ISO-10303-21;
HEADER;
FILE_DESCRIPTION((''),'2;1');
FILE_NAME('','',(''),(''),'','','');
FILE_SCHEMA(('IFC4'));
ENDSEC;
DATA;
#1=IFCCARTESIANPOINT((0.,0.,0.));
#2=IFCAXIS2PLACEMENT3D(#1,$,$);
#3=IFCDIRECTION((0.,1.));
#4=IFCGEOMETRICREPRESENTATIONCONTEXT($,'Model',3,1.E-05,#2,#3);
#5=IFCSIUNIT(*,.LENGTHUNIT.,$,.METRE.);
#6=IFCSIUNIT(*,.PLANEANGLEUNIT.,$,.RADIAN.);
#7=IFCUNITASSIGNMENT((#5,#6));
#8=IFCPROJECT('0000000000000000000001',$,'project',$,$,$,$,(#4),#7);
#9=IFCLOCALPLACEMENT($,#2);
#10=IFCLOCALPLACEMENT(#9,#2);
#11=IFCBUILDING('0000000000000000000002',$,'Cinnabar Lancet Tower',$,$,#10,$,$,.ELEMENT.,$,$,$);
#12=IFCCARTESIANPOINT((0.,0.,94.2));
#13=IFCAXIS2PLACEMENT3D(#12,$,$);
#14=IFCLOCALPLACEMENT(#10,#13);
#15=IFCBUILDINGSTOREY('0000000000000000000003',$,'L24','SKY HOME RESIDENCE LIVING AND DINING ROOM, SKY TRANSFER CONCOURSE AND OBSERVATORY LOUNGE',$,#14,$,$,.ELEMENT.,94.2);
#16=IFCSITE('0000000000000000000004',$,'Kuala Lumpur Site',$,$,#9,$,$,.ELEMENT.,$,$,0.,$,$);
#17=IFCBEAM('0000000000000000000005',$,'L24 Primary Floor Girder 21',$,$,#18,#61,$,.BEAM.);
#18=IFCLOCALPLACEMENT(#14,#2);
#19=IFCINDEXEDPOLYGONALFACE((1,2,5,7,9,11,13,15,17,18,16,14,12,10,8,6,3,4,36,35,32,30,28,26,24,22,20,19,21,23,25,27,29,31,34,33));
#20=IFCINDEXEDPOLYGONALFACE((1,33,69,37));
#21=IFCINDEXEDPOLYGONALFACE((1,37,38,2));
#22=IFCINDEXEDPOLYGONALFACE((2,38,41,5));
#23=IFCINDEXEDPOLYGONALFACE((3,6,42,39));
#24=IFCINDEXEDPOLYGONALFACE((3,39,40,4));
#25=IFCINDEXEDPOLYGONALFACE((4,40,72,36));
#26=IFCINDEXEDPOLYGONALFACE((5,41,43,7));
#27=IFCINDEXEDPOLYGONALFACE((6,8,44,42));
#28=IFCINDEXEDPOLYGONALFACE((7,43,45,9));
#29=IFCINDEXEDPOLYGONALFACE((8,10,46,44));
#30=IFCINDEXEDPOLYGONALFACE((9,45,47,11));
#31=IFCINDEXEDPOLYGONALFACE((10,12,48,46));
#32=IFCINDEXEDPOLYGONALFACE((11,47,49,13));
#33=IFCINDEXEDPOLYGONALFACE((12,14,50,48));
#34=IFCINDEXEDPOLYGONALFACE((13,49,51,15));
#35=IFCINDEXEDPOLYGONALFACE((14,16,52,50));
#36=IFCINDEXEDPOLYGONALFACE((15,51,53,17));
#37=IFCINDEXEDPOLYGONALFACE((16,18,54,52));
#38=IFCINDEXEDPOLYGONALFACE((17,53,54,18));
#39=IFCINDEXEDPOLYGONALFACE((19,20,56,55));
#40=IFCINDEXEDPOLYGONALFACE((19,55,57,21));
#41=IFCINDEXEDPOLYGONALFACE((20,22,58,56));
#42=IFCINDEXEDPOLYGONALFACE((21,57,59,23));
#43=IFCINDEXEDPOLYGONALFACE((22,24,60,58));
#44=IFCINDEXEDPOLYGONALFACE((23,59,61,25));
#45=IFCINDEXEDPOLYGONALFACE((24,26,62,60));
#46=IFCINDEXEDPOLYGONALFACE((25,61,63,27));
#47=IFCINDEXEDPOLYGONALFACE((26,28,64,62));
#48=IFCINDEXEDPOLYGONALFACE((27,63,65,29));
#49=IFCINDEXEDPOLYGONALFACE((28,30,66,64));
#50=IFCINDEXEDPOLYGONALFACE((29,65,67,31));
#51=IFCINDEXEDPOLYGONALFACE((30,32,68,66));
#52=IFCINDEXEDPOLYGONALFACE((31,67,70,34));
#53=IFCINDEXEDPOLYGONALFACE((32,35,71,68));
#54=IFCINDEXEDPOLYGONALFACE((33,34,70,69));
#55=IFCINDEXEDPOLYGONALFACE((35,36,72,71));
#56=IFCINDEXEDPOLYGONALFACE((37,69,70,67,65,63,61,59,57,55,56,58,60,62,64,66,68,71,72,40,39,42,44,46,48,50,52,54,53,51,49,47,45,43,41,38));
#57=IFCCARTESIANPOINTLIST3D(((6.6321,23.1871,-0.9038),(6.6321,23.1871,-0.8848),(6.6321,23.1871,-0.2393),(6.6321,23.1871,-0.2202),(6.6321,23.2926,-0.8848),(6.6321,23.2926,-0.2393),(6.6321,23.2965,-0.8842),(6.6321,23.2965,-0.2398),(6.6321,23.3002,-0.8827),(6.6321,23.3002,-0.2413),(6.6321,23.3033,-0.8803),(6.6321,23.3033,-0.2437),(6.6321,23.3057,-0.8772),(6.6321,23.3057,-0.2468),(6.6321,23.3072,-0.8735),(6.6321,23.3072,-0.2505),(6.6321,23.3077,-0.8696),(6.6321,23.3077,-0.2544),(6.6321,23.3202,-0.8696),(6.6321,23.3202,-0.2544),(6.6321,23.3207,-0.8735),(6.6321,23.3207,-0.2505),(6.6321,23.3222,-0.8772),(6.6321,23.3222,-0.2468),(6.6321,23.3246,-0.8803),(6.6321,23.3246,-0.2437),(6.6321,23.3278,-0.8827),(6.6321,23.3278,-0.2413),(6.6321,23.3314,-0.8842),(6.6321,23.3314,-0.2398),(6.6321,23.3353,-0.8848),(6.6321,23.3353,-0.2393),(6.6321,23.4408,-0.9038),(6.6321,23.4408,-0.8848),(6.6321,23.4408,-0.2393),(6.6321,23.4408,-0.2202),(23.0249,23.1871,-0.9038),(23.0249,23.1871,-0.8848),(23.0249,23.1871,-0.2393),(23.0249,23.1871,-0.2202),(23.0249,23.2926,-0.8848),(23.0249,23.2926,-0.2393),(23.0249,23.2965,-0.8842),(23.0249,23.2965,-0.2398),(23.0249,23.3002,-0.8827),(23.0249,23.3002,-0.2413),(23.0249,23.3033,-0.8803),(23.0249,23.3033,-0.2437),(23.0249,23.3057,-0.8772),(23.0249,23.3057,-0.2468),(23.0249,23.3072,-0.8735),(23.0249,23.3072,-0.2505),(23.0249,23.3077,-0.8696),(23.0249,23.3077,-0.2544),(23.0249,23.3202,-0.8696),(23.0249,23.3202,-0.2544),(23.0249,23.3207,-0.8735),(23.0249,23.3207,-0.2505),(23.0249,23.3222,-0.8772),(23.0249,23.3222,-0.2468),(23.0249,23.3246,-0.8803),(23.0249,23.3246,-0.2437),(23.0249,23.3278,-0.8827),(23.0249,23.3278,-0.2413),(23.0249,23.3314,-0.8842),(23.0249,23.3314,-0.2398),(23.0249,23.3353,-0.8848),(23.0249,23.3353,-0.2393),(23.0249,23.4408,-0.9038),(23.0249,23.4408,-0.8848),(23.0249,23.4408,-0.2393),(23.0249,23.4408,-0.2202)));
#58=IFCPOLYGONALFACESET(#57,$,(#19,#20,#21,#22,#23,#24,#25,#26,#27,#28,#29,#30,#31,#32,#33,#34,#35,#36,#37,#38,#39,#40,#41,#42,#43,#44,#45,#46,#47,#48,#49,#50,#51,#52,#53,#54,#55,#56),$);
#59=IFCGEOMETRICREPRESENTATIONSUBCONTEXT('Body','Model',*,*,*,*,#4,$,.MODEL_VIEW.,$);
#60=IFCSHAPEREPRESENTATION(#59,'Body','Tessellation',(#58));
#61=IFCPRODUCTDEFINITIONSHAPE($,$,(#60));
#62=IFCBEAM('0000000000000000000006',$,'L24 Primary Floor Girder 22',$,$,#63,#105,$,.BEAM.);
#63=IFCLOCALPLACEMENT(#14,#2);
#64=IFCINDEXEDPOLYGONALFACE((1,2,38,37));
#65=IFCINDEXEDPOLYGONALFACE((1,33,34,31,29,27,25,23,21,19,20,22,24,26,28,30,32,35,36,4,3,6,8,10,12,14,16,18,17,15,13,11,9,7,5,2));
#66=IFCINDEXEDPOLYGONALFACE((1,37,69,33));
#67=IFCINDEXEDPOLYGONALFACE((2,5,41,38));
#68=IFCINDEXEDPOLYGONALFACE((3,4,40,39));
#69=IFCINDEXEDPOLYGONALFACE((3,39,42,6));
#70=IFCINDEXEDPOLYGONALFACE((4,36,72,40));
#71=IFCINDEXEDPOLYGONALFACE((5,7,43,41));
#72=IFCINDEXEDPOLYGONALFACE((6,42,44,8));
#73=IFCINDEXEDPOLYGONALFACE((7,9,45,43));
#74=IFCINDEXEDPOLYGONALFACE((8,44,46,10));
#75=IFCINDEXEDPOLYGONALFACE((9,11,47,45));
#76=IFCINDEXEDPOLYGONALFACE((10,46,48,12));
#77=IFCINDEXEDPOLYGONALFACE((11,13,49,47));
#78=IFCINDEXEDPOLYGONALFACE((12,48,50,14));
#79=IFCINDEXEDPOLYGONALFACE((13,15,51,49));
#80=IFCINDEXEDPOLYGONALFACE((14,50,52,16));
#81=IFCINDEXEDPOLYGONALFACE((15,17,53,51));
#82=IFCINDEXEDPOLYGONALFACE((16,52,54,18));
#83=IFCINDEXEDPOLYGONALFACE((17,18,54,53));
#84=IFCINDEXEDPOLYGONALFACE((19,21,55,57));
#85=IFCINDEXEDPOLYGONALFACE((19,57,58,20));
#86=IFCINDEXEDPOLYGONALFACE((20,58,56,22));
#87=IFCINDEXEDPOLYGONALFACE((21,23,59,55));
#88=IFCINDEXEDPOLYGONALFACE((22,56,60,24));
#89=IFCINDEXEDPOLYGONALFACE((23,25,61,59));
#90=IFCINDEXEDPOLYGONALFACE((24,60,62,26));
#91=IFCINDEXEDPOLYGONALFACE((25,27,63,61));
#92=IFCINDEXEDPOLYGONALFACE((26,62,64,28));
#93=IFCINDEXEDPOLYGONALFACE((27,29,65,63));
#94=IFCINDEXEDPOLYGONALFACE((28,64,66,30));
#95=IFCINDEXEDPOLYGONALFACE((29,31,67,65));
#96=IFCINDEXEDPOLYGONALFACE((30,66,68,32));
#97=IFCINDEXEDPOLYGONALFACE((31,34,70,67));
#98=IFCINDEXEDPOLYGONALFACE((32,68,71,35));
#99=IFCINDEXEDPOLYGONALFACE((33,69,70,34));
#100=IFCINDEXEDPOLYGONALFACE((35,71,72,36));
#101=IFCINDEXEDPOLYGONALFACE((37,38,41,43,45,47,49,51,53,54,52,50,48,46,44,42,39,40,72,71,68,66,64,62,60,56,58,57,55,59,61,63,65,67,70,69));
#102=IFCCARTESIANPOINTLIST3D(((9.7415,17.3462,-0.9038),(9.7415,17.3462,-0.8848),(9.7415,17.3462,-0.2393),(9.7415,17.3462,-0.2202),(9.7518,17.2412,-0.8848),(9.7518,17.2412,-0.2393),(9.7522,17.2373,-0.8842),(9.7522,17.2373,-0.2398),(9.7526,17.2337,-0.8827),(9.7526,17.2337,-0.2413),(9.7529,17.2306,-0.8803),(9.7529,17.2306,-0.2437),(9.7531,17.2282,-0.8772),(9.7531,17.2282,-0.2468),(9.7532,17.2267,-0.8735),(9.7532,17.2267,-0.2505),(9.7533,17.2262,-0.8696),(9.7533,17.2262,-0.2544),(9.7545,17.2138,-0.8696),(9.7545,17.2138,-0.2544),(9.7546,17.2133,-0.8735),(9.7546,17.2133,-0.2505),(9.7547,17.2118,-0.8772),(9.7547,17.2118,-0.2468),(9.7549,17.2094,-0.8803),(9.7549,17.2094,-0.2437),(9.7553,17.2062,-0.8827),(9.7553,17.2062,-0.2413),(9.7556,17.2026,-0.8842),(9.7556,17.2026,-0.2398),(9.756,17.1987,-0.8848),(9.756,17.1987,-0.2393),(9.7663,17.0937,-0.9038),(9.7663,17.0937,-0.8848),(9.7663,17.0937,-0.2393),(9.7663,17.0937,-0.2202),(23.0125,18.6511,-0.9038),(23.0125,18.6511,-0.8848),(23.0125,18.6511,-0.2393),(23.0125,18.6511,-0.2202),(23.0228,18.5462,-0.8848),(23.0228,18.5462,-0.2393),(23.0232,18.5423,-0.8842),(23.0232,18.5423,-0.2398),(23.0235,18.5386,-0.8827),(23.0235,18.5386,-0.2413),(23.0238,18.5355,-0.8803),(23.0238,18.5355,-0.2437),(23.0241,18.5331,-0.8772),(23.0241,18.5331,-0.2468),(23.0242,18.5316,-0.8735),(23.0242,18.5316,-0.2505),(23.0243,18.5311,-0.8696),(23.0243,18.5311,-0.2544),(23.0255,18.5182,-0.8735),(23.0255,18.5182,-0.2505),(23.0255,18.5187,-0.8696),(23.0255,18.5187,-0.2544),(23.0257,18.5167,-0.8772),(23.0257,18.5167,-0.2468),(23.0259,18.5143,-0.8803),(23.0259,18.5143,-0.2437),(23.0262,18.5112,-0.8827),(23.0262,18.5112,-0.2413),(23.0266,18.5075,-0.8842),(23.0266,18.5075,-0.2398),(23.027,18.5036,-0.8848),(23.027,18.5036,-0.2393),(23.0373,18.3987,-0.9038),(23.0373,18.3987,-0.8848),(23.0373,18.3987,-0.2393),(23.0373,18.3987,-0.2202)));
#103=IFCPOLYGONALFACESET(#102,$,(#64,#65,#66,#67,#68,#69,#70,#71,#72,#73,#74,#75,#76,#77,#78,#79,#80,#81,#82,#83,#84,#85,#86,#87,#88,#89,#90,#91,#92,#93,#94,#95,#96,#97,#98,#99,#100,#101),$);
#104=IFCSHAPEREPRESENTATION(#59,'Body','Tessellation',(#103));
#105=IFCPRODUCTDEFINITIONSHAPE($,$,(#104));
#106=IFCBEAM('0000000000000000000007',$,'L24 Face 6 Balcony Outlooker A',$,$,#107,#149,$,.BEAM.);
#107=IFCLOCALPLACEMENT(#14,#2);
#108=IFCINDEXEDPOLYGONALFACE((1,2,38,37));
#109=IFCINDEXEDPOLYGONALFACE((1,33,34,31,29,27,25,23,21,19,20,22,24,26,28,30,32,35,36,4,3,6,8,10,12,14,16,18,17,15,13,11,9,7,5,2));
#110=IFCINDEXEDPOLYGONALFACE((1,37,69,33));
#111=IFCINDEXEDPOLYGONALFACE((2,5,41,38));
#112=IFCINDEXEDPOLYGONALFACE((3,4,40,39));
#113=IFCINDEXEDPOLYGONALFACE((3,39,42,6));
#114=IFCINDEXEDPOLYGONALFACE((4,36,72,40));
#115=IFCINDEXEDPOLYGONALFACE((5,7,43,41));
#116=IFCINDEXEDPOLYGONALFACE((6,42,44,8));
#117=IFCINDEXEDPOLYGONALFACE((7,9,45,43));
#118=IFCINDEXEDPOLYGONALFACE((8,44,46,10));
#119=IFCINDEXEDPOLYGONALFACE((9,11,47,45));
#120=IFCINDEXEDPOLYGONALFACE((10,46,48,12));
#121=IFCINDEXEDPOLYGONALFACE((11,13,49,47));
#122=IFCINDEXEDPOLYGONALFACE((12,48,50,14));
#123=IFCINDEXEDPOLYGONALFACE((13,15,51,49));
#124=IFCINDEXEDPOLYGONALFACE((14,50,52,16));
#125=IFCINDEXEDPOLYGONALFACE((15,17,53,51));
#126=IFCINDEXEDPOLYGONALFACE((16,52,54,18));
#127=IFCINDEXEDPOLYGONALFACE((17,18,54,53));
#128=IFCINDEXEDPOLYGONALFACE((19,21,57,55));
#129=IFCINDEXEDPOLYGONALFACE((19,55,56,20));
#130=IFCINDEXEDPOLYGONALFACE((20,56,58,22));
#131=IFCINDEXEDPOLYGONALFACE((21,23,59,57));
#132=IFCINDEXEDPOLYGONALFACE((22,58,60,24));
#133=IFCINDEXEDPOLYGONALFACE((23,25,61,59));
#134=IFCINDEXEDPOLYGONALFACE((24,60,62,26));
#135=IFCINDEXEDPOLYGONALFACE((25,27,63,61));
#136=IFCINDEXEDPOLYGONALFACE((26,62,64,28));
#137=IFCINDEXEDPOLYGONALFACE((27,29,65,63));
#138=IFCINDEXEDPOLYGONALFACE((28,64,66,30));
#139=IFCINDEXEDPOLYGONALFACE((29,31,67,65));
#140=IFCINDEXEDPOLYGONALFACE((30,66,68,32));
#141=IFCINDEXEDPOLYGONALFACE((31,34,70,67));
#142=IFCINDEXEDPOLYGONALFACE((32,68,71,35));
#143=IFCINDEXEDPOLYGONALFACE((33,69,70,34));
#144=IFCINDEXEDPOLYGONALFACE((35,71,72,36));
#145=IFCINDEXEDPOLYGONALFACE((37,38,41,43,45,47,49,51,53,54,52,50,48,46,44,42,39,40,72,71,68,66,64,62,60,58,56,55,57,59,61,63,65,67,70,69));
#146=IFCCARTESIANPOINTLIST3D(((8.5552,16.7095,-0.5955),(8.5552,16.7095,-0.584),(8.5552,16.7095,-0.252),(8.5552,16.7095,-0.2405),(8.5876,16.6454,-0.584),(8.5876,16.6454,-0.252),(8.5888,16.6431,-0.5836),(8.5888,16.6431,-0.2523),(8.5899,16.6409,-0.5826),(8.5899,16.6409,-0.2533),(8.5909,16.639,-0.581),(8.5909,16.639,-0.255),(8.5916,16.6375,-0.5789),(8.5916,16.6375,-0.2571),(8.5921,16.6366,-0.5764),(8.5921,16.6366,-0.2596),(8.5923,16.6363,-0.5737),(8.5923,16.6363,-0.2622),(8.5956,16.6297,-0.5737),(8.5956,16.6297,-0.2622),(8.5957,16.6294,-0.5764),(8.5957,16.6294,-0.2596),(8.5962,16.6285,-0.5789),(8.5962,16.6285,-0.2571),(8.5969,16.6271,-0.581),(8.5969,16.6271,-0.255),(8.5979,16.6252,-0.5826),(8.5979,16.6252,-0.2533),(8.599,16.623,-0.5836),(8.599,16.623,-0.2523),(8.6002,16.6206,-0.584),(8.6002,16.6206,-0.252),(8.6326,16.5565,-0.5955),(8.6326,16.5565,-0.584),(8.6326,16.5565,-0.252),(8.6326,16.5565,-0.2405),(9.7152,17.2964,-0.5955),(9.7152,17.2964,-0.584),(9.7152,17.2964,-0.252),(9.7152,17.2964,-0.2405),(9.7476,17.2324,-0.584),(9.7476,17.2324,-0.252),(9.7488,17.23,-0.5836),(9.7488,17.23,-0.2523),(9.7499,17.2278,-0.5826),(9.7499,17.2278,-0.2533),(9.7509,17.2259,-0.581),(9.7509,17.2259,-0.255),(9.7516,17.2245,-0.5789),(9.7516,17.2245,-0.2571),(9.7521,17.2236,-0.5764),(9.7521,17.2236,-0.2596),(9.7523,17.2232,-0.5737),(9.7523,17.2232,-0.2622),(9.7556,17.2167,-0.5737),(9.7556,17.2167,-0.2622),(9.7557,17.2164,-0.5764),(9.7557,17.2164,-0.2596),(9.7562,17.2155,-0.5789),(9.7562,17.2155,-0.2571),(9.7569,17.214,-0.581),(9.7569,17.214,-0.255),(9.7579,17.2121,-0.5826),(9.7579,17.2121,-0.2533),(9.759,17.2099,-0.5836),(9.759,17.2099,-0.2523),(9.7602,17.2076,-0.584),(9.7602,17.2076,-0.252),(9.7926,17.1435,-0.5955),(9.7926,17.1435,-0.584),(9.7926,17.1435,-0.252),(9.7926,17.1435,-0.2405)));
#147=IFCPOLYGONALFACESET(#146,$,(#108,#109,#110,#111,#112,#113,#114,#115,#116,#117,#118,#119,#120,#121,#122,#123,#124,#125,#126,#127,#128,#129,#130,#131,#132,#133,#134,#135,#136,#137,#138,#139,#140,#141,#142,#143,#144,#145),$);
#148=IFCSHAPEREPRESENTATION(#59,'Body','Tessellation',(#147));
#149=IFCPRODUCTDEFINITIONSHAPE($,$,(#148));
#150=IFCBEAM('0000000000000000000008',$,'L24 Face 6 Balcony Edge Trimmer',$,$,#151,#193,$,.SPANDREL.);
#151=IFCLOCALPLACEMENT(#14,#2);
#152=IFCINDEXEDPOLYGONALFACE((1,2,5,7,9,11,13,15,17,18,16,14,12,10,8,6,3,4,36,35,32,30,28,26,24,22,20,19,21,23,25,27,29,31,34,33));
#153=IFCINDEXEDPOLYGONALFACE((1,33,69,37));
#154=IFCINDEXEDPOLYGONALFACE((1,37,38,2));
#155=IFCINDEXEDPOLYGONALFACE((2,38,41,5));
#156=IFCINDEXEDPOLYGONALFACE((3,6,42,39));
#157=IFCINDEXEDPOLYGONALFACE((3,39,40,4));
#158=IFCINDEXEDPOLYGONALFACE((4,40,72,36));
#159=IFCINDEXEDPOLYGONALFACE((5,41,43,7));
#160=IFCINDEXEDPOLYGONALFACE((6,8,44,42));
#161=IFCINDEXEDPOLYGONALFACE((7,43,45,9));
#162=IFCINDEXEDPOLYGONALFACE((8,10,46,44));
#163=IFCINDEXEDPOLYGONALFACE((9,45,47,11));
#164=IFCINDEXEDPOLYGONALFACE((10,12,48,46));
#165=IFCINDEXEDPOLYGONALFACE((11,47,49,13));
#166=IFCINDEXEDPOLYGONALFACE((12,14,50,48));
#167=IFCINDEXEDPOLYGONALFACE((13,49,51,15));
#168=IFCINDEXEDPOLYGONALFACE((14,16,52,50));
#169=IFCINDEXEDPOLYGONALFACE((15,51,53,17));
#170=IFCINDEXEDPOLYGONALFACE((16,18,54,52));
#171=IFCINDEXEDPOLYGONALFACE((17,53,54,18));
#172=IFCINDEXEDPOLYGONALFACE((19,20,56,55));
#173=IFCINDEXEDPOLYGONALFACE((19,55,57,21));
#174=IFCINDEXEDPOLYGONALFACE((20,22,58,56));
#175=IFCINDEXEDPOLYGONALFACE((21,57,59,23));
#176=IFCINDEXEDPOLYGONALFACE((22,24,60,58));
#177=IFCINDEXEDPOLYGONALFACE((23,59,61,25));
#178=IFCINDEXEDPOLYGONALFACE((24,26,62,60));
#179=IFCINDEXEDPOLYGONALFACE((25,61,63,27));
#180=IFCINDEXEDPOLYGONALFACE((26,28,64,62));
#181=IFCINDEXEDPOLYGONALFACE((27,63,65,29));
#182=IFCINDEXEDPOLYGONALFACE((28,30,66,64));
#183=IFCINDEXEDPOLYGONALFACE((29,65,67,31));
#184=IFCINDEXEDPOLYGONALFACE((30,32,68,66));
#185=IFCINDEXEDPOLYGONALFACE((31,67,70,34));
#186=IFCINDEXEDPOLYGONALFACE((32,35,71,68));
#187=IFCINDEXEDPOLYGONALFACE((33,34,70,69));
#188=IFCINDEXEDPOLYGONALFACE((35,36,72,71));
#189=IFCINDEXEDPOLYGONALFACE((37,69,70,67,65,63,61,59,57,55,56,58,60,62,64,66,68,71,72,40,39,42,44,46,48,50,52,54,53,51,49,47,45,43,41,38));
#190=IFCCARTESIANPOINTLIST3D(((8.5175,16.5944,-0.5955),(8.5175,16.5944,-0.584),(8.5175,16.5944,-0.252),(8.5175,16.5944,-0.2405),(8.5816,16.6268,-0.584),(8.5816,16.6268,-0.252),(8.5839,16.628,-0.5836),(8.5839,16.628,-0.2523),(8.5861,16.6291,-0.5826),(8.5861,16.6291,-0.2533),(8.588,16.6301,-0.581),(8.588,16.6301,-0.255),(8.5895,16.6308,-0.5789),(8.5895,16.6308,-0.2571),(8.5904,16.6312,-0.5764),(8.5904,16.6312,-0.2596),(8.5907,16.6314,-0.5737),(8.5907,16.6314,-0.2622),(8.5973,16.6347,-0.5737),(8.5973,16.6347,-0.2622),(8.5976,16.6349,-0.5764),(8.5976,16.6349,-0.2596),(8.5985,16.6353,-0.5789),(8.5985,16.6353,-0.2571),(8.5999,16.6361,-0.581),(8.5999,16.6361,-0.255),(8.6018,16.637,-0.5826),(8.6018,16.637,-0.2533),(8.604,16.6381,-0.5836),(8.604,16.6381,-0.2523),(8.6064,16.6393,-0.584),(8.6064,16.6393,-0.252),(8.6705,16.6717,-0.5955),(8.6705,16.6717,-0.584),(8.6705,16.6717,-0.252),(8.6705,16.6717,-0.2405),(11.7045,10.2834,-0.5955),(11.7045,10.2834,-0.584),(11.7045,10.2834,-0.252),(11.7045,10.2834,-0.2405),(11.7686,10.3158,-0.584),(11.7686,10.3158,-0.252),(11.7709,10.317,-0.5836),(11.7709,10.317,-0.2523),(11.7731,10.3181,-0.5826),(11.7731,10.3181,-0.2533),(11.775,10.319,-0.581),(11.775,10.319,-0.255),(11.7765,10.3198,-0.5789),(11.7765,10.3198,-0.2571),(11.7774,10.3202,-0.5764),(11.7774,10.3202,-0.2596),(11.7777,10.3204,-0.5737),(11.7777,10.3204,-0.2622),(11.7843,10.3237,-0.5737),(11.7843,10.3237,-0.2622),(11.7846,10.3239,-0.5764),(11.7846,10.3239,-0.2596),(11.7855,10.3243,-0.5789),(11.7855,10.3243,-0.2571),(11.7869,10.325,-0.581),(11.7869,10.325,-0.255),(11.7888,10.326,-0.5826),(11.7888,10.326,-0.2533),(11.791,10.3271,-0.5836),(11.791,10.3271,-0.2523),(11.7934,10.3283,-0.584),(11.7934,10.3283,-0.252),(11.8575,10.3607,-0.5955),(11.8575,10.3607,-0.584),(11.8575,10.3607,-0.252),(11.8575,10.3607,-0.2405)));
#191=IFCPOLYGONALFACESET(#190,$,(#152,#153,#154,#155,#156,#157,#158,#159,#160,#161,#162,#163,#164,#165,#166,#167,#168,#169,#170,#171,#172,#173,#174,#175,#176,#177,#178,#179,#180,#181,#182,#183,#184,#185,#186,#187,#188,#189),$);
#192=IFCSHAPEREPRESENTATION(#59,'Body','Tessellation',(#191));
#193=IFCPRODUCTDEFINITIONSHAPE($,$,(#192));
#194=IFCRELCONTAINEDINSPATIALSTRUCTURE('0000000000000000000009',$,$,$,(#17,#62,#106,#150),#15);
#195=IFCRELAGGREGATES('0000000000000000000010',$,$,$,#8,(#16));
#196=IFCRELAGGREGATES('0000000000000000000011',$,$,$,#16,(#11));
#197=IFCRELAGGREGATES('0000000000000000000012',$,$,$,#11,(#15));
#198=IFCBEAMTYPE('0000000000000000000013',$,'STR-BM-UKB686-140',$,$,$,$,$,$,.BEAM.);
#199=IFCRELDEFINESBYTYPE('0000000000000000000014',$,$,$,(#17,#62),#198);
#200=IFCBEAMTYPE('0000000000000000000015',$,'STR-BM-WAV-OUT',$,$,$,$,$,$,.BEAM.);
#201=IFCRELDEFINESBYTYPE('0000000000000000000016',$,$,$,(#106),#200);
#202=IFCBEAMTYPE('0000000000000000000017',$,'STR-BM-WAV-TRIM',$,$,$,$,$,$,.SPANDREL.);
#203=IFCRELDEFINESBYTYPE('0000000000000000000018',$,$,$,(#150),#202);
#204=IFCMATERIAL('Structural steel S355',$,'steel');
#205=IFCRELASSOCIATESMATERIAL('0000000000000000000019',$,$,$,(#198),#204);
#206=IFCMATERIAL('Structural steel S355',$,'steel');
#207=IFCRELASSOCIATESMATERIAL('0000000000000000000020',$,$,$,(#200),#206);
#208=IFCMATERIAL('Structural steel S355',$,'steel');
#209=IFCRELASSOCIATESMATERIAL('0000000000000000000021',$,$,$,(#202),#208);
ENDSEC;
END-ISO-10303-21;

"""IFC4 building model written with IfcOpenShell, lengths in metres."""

from ifc_helpers import new_model, si_unit, direction, frame, origin, origin_2d, place, context, subcontext, project, spatial, i_section, extrude, material, material_profile, profile_set, type_object, element, save


model = new_model("IFC4")

# Units and contexts
model_context = context("Model", 3, precision=1e-05, world=origin(), true_north=direction((0.0, 1.0)))
body_context = subcontext(model_context, "Body", "Model", "MODEL_VIEW")
ifc_project = project(units=[si_unit("LENGTHUNIT", "METRE"), si_unit("PLANEANGLEUNIT", "RADIAN")], contexts=[model_context])

# Site, building, storey
site_placement = place(None, origin())
site = spatial("IfcSite", under=ifc_project, at=site_placement, Name="Kuala Lumpur Site", CompositionType="ELEMENT", RefElevation=0.0)
building_placement = place(site_placement, origin())
building = spatial("IfcBuilding", under=site, at=building_placement, Name="Cinnabar Lancet Tower", CompositionType="ELEMENT")
storey_placement = place(building_placement, frame((0.0, 0.0, 94.2)))
storey = spatial("IfcBuildingStorey", under=building, at=storey_placement, Name="L24", Description="SKY HOME RESIDENCE LIVING AND DINING ROOM, SKY TRANSFER CONCOURSE AND OBSERVATORY LOUNGE", CompositionType="ELEMENT", Elevation=94.2)

# Beams
ifc_material_1 = material(Name="Structural steel S355", Category="steel")
ifc_material_profile_1 = material_profile(ifc_material_1, i_section(OverallWidth=0.2537, OverallDepth=0.6836, WebThickness=0.0125, FlangeThickness=0.019, FilletRadius=0.0151, at=origin_2d()), Name="UKB 686x254x140")
ifc_profile_set_1 = profile_set([ifc_material_profile_1], Name="Structural steel S355")
beam_type_1 = type_object("IfcBeamType", Name="STR-BM-UKB686-140", PredefinedType="BEAM", material=ifc_profile_set_1)
beam_1_placement = place(storey_placement, frame((6.6321, 23.314, -0.562), z_axis=(1.0, 0.0, 0.0), x_axis=(0.0, 1.0, 0.0)))
element("IfcBeam", 1, at=beam_1_placement, inside=storey, type_object=beam_type_1, Name="L24 Primary Floor Girder 21", PredefinedType="BEAM", context=body_context, shape_type="SweptSolid", body=[
    extrude(i_section(OverallWidth=0.2537, OverallDepth=0.6836, WebThickness=0.0125, FlangeThickness=0.019, FilletRadius=0.0151, at=origin_2d()), origin(), (0.0, 0.0, 1.0), 16.3928),
])
beam_2_placement = place(storey_placement, frame((9.7539, 17.22, -0.562), z_axis=(0.9952, 0.097858, 0.0), x_axis=(-0.097858, 0.9952, 0.0)))
element("IfcBeam", 2, at=beam_2_placement, inside=storey, type_object=beam_type_1, Name="L24 Primary Floor Girder 22", PredefinedType="BEAM", context=body_context, shape_type="SweptSolid", body=[
    extrude(i_section(OverallWidth=0.2537, OverallDepth=0.6836, WebThickness=0.0125, FlangeThickness=0.019, FilletRadius=0.0151, at=origin_2d()), origin(), (0.0, 0.0, 1.0), 13.335),
])
ifc_material_2 = material(Name="Structural steel S355", Category="steel")
ifc_material_profile_2 = material_profile(ifc_material_2, i_section(OverallWidth=0.1714, OverallDepth=0.355, WebThickness=0.0073, FlangeThickness=0.0115, FilletRadius=0.0103, at=origin_2d()), Name="UKB 356x171x51")
ifc_profile_set_2 = profile_set([ifc_material_profile_2], Name="Structural steel S355")
beam_type_2 = type_object("IfcBeamType", Name="STR-BM-WAV-OUT", PredefinedType="BEAM", material=ifc_profile_set_2)
beam_3_placement = place(storey_placement, frame((9.7539, 17.22, -0.418), z_axis=(-0.892276, -0.45149, 0.0), x_axis=(0.45149, -0.892276, 0.0)))
element("IfcBeam", 3, at=beam_3_placement, inside=storey, type_object=beam_type_2, Name="L24 Face 6 Balcony Outlooker A", PredefinedType="BEAM", context=body_context, shape_type="SweptSolid", body=[
    extrude(i_section(OverallWidth=0.1714, OverallDepth=0.355, WebThickness=0.0073, FlangeThickness=0.0115, FilletRadius=0.0103, at=origin_2d()), origin(), (0.0, 0.0, 1.0), 1.3),
])
ifc_material_3 = material(Name="Structural steel S355", Category="steel")
ifc_material_profile_3 = material_profile(ifc_material_3, i_section(OverallWidth=0.1714, OverallDepth=0.355, WebThickness=0.0073, FlangeThickness=0.0115, FilletRadius=0.0103, at=origin_2d()), Name="UKB 356x171x51")
ifc_profile_set_3 = profile_set([ifc_material_profile_3], Name="Structural steel S355")
beam_type_3 = type_object("IfcBeamType", Name="STR-BM-WAV-TRIM", PredefinedType="SPANDREL", material=ifc_profile_set_3)
beam_4_placement = place(storey_placement, frame((8.594, 16.6331, -0.418), z_axis=(0.450774, -0.892638, 0.0), x_axis=(0.892638, 0.450774, 0.0)))
element("IfcBeam", 4, at=beam_4_placement, inside=storey, type_object=beam_type_3, Name="L24 Face 6 Balcony Edge Trimmer", PredefinedType="SPANDREL", context=body_context, shape_type="SweptSolid", body=[
    extrude(i_section(OverallWidth=0.1714, OverallDepth=0.355, WebThickness=0.0073, FlangeThickness=0.0115, FilletRadius=0.0103, at=origin_2d()), origin(), (0.0, 0.0, 1.0), 7.0701),
])

save(model, "model.ifc")
